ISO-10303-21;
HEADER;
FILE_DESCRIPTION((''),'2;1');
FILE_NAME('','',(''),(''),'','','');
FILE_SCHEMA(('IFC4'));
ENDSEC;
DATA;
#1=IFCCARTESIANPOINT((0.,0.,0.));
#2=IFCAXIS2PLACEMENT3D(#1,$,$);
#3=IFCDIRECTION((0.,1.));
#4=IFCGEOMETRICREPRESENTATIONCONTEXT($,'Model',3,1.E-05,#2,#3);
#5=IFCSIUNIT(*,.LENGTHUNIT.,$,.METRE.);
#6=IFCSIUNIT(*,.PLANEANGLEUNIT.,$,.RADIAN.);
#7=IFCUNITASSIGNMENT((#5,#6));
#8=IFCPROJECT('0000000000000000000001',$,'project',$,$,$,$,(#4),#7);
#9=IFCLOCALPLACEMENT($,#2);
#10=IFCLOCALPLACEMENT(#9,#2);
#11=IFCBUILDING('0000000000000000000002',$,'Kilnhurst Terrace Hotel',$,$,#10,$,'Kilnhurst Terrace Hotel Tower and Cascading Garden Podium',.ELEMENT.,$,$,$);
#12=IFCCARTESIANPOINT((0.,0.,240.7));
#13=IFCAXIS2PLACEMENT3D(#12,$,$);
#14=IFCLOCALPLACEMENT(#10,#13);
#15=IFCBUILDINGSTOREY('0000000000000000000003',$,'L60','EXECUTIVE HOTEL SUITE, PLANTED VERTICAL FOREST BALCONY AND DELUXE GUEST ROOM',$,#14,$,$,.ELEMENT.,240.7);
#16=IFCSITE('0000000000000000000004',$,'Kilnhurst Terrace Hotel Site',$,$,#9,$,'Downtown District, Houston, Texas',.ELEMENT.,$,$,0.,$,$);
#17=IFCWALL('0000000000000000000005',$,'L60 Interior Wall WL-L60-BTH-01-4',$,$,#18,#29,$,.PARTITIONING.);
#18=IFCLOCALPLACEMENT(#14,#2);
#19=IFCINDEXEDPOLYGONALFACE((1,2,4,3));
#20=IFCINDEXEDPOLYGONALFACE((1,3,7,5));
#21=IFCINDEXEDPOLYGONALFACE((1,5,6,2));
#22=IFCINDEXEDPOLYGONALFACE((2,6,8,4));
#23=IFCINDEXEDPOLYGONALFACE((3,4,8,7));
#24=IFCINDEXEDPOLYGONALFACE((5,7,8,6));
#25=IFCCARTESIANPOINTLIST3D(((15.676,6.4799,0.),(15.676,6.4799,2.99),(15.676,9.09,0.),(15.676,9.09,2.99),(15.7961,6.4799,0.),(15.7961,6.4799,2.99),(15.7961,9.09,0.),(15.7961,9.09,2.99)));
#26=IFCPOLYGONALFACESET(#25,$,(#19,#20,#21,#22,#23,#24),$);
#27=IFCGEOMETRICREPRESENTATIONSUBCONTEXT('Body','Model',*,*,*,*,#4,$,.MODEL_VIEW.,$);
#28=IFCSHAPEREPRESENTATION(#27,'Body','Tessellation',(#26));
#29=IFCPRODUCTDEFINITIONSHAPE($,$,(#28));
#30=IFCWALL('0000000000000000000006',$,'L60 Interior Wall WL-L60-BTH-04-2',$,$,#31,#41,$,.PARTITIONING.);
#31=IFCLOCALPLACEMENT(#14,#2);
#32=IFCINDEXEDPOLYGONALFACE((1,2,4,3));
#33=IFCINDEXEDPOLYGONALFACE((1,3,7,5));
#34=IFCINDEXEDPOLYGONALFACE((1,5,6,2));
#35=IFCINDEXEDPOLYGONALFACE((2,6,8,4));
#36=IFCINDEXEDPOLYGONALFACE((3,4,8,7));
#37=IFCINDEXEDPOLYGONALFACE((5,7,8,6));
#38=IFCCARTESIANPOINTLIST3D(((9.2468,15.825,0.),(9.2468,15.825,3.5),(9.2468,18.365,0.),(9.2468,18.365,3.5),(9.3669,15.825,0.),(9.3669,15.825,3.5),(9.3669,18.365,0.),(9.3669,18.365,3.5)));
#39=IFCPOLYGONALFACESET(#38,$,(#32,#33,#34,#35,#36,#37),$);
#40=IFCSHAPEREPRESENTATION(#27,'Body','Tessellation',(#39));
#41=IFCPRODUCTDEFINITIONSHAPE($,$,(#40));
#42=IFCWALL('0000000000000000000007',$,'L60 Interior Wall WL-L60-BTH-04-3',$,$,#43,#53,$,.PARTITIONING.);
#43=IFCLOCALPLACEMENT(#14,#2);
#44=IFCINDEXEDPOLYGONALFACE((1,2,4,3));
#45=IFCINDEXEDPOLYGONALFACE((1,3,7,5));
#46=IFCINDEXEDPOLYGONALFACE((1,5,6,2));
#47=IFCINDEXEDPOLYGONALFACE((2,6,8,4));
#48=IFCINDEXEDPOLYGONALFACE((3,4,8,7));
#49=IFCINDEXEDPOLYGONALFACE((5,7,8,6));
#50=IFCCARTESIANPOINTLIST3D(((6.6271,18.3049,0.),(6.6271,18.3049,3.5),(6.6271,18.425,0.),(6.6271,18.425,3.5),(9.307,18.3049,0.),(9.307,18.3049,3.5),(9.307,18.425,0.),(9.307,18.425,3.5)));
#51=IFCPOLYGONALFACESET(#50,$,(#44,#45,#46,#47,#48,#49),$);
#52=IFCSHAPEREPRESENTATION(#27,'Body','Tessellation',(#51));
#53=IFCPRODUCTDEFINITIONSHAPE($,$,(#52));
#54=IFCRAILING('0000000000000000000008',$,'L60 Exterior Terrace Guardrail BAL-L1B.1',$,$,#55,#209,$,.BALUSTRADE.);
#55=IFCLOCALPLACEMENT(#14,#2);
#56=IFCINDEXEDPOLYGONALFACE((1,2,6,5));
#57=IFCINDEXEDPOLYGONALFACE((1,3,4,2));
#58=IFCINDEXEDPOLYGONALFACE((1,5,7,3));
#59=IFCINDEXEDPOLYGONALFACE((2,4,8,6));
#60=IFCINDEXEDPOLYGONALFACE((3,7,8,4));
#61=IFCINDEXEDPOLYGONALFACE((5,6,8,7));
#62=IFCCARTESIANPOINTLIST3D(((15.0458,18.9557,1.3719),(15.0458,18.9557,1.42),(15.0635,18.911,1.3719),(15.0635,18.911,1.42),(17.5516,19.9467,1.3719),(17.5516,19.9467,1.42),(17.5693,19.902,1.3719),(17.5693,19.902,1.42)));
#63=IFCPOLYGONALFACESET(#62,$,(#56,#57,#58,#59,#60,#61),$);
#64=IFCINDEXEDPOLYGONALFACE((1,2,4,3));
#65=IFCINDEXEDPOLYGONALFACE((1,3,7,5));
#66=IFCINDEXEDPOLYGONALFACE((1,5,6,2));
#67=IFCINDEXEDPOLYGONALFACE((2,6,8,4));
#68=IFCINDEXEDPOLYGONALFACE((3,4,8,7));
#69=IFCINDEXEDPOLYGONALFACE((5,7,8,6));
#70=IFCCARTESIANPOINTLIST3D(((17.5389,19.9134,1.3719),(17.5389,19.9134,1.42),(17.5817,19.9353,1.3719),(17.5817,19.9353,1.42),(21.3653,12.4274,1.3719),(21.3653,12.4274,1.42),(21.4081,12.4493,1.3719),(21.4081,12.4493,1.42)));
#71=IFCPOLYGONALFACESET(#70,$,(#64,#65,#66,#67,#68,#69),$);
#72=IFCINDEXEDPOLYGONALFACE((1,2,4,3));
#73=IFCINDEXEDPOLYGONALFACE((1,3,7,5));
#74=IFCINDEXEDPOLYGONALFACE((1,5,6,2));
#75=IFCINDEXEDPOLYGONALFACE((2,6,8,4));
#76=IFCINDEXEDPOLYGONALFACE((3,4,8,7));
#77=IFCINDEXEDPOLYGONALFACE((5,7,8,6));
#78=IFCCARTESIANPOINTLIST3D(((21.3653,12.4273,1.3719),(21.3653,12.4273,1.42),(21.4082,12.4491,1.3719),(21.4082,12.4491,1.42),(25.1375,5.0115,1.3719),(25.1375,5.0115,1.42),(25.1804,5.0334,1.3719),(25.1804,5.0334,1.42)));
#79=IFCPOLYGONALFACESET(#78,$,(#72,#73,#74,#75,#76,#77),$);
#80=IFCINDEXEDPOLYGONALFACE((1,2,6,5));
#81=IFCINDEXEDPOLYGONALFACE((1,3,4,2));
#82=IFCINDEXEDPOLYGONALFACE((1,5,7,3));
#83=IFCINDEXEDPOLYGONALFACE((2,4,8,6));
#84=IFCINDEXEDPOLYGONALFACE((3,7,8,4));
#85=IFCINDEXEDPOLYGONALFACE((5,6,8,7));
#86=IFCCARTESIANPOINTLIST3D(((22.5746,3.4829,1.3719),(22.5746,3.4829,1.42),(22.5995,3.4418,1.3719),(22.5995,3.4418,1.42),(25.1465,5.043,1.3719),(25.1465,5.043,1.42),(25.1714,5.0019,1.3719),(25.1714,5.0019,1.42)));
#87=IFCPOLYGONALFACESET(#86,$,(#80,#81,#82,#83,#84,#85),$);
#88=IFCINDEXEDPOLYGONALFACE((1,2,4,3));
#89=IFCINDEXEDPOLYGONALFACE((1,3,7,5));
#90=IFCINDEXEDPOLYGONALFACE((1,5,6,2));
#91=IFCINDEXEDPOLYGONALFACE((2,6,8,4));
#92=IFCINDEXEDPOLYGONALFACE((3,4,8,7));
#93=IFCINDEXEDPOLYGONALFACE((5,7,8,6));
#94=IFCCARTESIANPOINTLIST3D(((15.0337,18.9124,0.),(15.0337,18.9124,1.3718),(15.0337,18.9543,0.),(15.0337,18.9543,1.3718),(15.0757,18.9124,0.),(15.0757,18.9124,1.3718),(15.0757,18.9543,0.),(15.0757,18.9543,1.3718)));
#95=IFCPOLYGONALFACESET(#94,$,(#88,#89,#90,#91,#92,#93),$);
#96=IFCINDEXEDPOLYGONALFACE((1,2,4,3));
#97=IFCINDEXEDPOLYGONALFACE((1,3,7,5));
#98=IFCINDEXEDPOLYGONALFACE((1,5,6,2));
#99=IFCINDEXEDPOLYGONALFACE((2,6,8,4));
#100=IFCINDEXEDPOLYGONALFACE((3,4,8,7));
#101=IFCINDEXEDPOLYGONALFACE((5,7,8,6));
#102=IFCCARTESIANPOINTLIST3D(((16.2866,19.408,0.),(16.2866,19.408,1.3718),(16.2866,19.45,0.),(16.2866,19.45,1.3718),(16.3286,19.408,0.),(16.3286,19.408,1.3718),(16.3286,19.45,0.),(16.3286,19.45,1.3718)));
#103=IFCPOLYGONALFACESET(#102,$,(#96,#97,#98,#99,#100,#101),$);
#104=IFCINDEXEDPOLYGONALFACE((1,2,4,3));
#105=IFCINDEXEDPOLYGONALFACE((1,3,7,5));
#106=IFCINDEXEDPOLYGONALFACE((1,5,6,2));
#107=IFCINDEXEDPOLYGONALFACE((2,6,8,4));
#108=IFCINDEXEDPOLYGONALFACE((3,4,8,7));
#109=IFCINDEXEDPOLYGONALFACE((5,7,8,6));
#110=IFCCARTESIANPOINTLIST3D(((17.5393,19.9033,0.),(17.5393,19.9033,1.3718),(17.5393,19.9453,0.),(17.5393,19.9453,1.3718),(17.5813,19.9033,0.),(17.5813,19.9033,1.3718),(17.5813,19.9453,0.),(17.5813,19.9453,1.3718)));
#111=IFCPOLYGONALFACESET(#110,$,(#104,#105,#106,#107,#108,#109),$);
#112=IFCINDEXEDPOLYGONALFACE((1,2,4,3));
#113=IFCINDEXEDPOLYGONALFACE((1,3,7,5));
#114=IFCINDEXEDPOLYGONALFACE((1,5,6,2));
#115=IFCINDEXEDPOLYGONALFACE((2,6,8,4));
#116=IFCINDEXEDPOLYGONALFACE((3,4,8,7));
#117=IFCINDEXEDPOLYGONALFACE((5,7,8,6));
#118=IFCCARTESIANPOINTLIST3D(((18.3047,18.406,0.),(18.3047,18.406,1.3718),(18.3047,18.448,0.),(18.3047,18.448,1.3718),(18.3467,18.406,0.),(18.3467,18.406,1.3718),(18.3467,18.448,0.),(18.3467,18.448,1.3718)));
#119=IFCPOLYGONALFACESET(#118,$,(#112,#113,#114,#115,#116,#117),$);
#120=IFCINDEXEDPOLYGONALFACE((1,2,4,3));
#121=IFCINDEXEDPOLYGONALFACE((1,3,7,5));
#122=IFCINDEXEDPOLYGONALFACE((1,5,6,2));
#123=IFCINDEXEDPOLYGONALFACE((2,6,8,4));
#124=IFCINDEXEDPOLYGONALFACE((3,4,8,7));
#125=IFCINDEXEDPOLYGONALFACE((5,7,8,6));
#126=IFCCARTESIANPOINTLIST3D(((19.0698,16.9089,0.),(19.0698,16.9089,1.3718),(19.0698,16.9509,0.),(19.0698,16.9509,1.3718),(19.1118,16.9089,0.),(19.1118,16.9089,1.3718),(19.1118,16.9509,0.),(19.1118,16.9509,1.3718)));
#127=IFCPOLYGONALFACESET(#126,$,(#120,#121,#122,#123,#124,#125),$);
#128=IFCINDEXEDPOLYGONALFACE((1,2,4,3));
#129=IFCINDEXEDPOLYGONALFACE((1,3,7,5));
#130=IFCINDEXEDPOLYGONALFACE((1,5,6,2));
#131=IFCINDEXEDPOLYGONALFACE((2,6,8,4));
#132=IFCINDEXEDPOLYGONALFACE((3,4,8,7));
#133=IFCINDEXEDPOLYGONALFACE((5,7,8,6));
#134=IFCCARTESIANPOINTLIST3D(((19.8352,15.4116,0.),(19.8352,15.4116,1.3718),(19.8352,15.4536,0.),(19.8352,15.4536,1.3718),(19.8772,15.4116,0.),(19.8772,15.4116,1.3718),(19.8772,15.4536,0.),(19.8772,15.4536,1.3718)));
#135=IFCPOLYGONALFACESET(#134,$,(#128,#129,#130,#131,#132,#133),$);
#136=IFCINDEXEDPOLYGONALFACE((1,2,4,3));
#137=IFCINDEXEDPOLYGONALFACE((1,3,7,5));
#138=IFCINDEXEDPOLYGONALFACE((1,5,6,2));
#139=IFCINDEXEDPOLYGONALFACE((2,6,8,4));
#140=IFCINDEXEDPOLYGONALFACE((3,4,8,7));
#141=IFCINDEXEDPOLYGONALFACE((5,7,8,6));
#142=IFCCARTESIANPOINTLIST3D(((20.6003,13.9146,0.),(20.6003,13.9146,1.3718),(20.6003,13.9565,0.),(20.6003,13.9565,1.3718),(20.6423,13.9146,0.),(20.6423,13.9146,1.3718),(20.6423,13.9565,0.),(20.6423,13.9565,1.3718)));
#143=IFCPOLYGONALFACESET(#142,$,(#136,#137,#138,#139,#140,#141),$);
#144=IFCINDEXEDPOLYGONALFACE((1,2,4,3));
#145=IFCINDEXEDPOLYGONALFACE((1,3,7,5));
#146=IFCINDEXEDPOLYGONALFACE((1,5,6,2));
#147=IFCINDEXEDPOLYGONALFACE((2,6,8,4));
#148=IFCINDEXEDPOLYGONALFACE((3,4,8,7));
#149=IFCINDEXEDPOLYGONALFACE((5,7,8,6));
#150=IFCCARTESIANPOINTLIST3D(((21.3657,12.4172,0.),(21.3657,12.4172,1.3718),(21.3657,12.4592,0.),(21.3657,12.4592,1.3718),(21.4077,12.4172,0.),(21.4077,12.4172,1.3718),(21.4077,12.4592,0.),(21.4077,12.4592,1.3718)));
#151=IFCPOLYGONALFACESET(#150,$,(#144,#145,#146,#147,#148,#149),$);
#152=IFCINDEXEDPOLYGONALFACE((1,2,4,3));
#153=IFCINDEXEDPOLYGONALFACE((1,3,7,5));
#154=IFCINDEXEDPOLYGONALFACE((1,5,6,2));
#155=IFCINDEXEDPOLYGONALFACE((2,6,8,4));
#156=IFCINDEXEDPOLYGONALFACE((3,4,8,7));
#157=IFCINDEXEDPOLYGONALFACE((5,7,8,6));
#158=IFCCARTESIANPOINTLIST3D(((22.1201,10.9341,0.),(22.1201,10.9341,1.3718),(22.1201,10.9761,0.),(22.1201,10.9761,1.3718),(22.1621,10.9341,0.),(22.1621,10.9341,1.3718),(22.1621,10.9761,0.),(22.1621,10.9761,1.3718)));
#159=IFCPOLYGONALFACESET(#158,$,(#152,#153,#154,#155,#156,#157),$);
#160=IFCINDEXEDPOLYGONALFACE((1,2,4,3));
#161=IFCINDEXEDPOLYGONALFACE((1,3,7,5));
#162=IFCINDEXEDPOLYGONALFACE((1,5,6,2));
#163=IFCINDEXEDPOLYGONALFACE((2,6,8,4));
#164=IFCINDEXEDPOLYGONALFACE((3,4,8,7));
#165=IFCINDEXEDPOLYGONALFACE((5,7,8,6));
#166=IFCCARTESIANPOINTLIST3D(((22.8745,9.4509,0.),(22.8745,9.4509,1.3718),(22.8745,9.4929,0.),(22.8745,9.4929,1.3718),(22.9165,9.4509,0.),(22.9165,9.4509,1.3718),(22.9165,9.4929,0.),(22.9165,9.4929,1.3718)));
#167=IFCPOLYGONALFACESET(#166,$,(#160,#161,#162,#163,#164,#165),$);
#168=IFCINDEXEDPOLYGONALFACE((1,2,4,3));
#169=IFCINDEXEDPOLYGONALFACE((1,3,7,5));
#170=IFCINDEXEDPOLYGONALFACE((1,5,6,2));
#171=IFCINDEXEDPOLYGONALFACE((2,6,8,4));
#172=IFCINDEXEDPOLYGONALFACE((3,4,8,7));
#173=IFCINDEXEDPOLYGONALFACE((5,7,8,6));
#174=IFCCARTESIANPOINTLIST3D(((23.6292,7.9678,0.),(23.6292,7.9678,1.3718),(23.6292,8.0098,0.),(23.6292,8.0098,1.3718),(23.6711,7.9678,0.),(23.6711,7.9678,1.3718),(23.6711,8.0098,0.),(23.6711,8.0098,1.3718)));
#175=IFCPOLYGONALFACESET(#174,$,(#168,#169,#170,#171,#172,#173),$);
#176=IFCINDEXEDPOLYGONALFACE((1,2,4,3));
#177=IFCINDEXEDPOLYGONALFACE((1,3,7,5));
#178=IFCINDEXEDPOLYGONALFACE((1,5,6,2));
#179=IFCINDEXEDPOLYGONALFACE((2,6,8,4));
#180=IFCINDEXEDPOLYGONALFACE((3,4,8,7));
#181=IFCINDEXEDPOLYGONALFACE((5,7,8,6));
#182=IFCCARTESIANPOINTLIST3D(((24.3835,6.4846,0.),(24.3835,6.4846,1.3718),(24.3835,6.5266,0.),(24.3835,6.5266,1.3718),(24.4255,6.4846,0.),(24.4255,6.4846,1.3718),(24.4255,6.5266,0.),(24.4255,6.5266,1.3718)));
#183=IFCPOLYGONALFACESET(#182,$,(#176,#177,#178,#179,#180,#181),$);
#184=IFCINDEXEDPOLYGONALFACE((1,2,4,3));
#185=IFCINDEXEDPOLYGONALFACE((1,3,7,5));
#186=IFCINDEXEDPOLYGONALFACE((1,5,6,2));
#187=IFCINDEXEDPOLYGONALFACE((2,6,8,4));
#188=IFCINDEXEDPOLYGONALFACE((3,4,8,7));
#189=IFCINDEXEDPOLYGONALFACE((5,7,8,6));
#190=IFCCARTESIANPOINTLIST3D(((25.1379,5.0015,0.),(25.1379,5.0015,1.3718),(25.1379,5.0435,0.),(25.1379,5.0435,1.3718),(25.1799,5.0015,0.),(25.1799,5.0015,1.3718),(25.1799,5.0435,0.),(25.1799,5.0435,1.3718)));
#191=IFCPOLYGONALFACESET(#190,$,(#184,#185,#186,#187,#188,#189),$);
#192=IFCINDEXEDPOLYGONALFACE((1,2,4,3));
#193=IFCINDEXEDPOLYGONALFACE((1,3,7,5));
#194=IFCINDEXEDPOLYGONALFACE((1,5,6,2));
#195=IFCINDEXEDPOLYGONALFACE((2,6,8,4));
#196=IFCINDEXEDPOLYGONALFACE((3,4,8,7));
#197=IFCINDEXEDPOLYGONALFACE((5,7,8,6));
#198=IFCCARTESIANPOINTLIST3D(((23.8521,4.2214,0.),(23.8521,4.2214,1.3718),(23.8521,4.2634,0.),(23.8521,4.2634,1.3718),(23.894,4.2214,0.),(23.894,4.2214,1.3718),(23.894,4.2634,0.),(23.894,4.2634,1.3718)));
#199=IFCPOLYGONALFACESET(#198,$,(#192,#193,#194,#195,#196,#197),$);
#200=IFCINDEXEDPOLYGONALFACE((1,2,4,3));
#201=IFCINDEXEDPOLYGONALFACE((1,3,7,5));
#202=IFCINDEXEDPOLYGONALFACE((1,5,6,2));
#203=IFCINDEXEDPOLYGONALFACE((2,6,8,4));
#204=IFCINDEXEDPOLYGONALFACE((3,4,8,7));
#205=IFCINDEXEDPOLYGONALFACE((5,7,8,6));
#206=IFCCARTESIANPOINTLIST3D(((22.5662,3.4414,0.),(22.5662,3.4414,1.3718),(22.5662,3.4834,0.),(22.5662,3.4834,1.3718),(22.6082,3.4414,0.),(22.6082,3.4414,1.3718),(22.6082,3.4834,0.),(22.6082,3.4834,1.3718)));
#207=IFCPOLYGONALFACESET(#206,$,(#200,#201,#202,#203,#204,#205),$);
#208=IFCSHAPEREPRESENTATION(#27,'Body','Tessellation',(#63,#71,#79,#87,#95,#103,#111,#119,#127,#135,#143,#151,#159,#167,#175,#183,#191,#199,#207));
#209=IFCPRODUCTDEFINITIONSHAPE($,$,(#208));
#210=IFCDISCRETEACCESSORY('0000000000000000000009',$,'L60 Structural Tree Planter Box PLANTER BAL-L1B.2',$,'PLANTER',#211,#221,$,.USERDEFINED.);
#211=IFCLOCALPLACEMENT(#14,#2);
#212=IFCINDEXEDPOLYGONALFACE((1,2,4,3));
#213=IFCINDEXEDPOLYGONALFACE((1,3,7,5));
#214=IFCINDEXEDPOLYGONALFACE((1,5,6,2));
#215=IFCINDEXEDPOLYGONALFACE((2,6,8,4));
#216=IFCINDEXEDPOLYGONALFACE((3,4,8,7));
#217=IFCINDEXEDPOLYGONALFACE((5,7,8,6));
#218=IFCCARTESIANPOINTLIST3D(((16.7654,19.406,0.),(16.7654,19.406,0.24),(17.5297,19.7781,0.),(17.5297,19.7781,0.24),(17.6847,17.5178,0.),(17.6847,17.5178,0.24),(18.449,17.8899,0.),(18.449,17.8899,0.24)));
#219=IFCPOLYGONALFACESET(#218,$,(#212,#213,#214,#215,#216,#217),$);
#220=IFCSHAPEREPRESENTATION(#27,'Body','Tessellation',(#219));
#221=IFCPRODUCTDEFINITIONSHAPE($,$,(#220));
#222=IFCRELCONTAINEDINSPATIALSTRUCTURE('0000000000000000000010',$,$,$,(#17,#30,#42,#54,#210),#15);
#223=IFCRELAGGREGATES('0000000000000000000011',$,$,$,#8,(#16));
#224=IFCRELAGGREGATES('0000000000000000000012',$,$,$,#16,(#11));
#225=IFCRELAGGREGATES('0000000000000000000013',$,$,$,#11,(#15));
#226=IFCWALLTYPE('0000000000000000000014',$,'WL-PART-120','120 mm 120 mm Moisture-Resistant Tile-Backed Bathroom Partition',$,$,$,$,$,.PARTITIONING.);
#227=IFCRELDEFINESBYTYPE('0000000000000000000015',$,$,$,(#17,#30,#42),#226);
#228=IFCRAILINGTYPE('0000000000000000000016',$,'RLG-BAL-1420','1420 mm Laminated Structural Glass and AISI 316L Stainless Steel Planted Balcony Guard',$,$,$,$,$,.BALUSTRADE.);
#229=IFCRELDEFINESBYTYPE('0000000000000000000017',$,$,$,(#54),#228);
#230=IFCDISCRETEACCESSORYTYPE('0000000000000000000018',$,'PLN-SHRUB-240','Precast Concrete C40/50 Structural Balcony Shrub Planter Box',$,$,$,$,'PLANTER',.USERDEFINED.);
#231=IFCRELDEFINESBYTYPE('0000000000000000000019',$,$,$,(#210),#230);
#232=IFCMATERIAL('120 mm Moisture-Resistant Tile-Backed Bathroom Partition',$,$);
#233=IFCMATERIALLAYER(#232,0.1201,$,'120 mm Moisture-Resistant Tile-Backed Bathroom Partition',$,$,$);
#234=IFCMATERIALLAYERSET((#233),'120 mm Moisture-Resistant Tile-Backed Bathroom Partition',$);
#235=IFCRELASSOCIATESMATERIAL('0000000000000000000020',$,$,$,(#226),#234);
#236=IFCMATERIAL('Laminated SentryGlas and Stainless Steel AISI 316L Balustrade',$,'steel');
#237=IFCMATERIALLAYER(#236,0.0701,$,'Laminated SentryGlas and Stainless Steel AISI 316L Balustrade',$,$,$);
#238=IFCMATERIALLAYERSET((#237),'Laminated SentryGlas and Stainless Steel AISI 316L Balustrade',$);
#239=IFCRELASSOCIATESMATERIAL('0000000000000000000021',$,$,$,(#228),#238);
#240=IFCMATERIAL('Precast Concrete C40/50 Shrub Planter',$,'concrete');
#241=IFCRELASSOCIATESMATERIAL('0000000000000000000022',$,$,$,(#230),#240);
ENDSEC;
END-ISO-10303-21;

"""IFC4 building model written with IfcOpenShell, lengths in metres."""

from ifc_helpers import new_model, si_unit, direction, frame, frame_2d, origin, origin_2d, place, context, subcontext, project, spatial, rectangle, extrude, material, layer, layer_set, type_object, element, save


model = new_model("IFC4")

# Units and contexts
model_context = context("Model", 3, precision=1e-05, world=origin(), true_north=direction((0.0, 1.0)))
body_context = subcontext(model_context, "Body", "Model", "MODEL_VIEW")
ifc_project = project(units=[si_unit("LENGTHUNIT", "METRE"), si_unit("PLANEANGLEUNIT", "RADIAN")], contexts=[model_context])

# Site, building, storey
site_placement = place(None, origin())
site = spatial("IfcSite", under=ifc_project, at=site_placement, Name="Kilnhurst Terrace Hotel Site", LongName="Downtown District, Houston, Texas", CompositionType="ELEMENT", RefElevation=0.0)
building_placement = place(site_placement, origin())
building = spatial("IfcBuilding", under=site, at=building_placement, Name="Kilnhurst Terrace Hotel", LongName="Kilnhurst Terrace Hotel Tower and Cascading Garden Podium", CompositionType="ELEMENT")
storey_placement = place(building_placement, frame((0.0, 0.0, 240.7)))
storey = spatial("IfcBuildingStorey", under=building, at=storey_placement, Name="L60", Description="EXECUTIVE HOTEL SUITE, PLANTED VERTICAL FOREST BALCONY AND DELUXE GUEST ROOM", CompositionType="ELEMENT", Elevation=240.7)

# Walls
ifc_material_1 = material(Name="120 mm Moisture-Resistant Tile-Backed Bathroom Partition")
ifc_layer_1 = layer(ifc_material_1, 0.1201, Name="120 mm Moisture-Resistant Tile-Backed Bathroom Partition")
ifc_layer_set_1 = layer_set([ifc_layer_1], Name="120 mm Moisture-Resistant Tile-Backed Bathroom Partition")
wall_type_1 = type_object("IfcWallType", Name="WL-PART-120", Description="120 mm 120 mm Moisture-Resistant Tile-Backed Bathroom Partition", PredefinedType="PARTITIONING", material=ifc_layer_set_1)
wall_1_placement = place(storey_placement, frame((15.7361, 9.0901, 0.0), z_axis=(0.0, 0.0, 1.0), x_axis=(0.0, -1.0, 0.0)))
element("IfcWall", 1, at=wall_1_placement, inside=storey, type_object=wall_type_1, Name="L60 Interior Wall WL-L60-BTH-01-4", PredefinedType="PARTITIONING", context=body_context, shape_type="SweptSolid", body=[
    extrude(rectangle(XDim=2.6101, YDim=0.1201, at=frame_2d((1.3052, 0.0))), origin(), (0.0, 0.0, 1.0), 2.99),
])
wall_2_placement = place(storey_placement, frame((9.3069, 15.825, 0.0), z_axis=(0.0, 0.0, 1.0), x_axis=(0.0, 1.0, 0.0)))
element("IfcWall", 2, at=wall_2_placement, inside=storey, type_object=wall_type_1, Name="L60 Interior Wall WL-L60-BTH-04-2", PredefinedType="PARTITIONING", context=body_context, shape_type="SweptSolid", body=[
    extrude(rectangle(XDim=2.54, YDim=0.1201, at=frame_2d((1.27, 0.0))), origin(), (0.0, 0.0, 1.0), 3.5),
])
wall_3_placement = place(storey_placement, frame((9.3069, 18.365, 0.0), z_axis=(0.0, 0.0, 1.0), x_axis=(-1.0, 0.0, 0.0)))
element("IfcWall", 3, at=wall_3_placement, inside=storey, type_object=wall_type_1, Name="L60 Interior Wall WL-L60-BTH-04-3", PredefinedType="PARTITIONING", context=body_context, shape_type="SweptSolid", body=[
    extrude(rectangle(XDim=2.6799, YDim=0.1201, at=frame_2d((1.3398, 0.0))), origin(), (0.0, 0.0, 1.0), 3.5),
])

# Railing
ifc_material_2 = material(Name="Laminated SentryGlas and Stainless Steel AISI 316L Balustrade", Category="steel")
ifc_layer_2 = layer(ifc_material_2, 0.0701, Name="Laminated SentryGlas and Stainless Steel AISI 316L Balustrade")
ifc_layer_set_2 = layer_set([ifc_layer_2], Name="Laminated SentryGlas and Stainless Steel AISI 316L Balustrade")
railing_type = type_object("IfcRailingType", Name="RLG-BAL-1420", Description="1420 mm Laminated Structural Glass and AISI 316L Stainless Steel Planted Balcony Guard", PredefinedType="BALUSTRADE", material=ifc_layer_set_2)
railing_placement = place(storey_placement, frame((15.0547, 18.9333, 0.0)))
element("IfcRailing", 4, at=railing_placement, inside=storey, type_object=railing_type, Name="L60 Exterior Terrace Guardrail BAL-L1B.1", PredefinedType="BALUSTRADE", context=body_context, shape_type="SweptSolid", body=[
    extrude(rectangle(XDim=0.0481, YDim=0.0481, at=origin_2d()), frame((0.0, 0.0, 1.396), z_axis=(0.929913, 0.367779, 0.0), x_axis=(-0.367779, 0.929913, 0.0)), (0.0, 0.0, 1.0), 2.6946),
    extrude(rectangle(XDim=0.0481, YDim=0.0481, at=origin_2d()), frame((2.5056, 0.991, 1.396), z_axis=(0.455129, -0.890425, 0.0), x_axis=(0.890425, 0.455129, 0.0)), (0.0, 0.0, 1.0), 8.4072),
    extrude(rectangle(XDim=0.0481, YDim=0.0481, at=origin_2d()), frame((6.332, -6.4951, 1.396), z_axis=(0.453389, -0.891313, 0.0), x_axis=(0.891313, 0.453389, 0.0)), (0.0, 0.0, 1.0), 8.3201),
    extrude(rectangle(XDim=0.0481, YDim=0.0481, at=origin_2d()), frame((10.1042, -13.9109, 1.396), z_axis=(-0.854991, -0.518643, 0.0), x_axis=(0.518643, -0.854991, 0.0)), (0.0, 0.0, 1.0), 3.0081),
    extrude(rectangle(XDim=0.042, YDim=0.042, at=origin_2d()), origin(), (0.0, 0.0, 1.0), 1.3718),
    extrude(rectangle(XDim=0.042, YDim=0.042, at=origin_2d()), frame((1.2529, 0.4956, 0.0)), (0.0, 0.0, 1.0), 1.3718),
    extrude(rectangle(XDim=0.042, YDim=0.042, at=origin_2d()), frame((2.5056, 0.991, 0.0)), (0.0, 0.0, 1.0), 1.3718),
    extrude(rectangle(XDim=0.042, YDim=0.042, at=origin_2d()), frame((3.271, -0.5063, 0.0)), (0.0, 0.0, 1.0), 1.3718),
    extrude(rectangle(XDim=0.042, YDim=0.042, at=origin_2d()), frame((4.0361, -2.0034, 0.0)), (0.0, 0.0, 1.0), 1.3718),
    extrude(rectangle(XDim=0.042, YDim=0.042, at=origin_2d()), frame((4.8015, -3.5007, 0.0)), (0.0, 0.0, 1.0), 1.3718),
    extrude(rectangle(XDim=0.042, YDim=0.042, at=origin_2d()), frame((5.5667, -4.9978, 0.0)), (0.0, 0.0, 1.0), 1.3718),
    extrude(rectangle(XDim=0.042, YDim=0.042, at=origin_2d()), frame((6.332, -6.4951, 0.0)), (0.0, 0.0, 1.0), 1.3718),
    extrude(rectangle(XDim=0.042, YDim=0.042, at=origin_2d()), frame((7.0864, -7.9783, 0.0)), (0.0, 0.0, 1.0), 1.3718),
    extrude(rectangle(XDim=0.042, YDim=0.042, at=origin_2d()), frame((7.8408, -9.4614, 0.0)), (0.0, 0.0, 1.0), 1.3718),
    extrude(rectangle(XDim=0.042, YDim=0.042, at=origin_2d()), frame((8.5955, -10.9446, 0.0)), (0.0, 0.0, 1.0), 1.3718),
    extrude(rectangle(XDim=0.042, YDim=0.042, at=origin_2d()), frame((9.3499, -12.4277, 0.0)), (0.0, 0.0, 1.0), 1.3718),
    extrude(rectangle(XDim=0.042, YDim=0.042, at=origin_2d()), frame((10.1042, -13.9109, 0.0)), (0.0, 0.0, 1.0), 1.3718),
    extrude(rectangle(XDim=0.042, YDim=0.042, at=origin_2d()), frame((8.8184, -14.6909, 0.0)), (0.0, 0.0, 1.0), 1.3718),
    extrude(rectangle(XDim=0.042, YDim=0.042, at=origin_2d()), frame((7.5325, -15.4709, 0.0)), (0.0, 0.0, 1.0), 1.3718),
])

# Discrete accessory
ifc_material_3 = material(Name="Precast Concrete C40/50 Shrub Planter", Category="concrete")
discrete_accessory_type = type_object("IfcDiscreteAccessoryType", Name="PLN-SHRUB-240", Description="Precast Concrete C40/50 Structural Balcony Shrub Planter Box", ElementType="PLANTER", PredefinedType="USERDEFINED", material=ifc_material_3)
discrete_accessory_placement = place(storey_placement, frame((17.6072, 18.6479, 0.0), z_axis=(0.0, 0.0, 1.0), x_axis=(-0.437744, 0.8991, 0.0)))
element("IfcDiscreteAccessory", 5, at=discrete_accessory_placement, inside=storey, type_object=discrete_accessory_type, Name="L60 Structural Tree Planter Box PLANTER BAL-L1B.2", ObjectType="PLANTER", PredefinedType="USERDEFINED", context=body_context, shape_type="SweptSolid", body=[
    extrude(rectangle(XDim=2.1001, YDim=0.8501, at=origin_2d()), origin(), (0.0, 0.0, 1.0), 0.24),
])

save(model, "model.ifc")
